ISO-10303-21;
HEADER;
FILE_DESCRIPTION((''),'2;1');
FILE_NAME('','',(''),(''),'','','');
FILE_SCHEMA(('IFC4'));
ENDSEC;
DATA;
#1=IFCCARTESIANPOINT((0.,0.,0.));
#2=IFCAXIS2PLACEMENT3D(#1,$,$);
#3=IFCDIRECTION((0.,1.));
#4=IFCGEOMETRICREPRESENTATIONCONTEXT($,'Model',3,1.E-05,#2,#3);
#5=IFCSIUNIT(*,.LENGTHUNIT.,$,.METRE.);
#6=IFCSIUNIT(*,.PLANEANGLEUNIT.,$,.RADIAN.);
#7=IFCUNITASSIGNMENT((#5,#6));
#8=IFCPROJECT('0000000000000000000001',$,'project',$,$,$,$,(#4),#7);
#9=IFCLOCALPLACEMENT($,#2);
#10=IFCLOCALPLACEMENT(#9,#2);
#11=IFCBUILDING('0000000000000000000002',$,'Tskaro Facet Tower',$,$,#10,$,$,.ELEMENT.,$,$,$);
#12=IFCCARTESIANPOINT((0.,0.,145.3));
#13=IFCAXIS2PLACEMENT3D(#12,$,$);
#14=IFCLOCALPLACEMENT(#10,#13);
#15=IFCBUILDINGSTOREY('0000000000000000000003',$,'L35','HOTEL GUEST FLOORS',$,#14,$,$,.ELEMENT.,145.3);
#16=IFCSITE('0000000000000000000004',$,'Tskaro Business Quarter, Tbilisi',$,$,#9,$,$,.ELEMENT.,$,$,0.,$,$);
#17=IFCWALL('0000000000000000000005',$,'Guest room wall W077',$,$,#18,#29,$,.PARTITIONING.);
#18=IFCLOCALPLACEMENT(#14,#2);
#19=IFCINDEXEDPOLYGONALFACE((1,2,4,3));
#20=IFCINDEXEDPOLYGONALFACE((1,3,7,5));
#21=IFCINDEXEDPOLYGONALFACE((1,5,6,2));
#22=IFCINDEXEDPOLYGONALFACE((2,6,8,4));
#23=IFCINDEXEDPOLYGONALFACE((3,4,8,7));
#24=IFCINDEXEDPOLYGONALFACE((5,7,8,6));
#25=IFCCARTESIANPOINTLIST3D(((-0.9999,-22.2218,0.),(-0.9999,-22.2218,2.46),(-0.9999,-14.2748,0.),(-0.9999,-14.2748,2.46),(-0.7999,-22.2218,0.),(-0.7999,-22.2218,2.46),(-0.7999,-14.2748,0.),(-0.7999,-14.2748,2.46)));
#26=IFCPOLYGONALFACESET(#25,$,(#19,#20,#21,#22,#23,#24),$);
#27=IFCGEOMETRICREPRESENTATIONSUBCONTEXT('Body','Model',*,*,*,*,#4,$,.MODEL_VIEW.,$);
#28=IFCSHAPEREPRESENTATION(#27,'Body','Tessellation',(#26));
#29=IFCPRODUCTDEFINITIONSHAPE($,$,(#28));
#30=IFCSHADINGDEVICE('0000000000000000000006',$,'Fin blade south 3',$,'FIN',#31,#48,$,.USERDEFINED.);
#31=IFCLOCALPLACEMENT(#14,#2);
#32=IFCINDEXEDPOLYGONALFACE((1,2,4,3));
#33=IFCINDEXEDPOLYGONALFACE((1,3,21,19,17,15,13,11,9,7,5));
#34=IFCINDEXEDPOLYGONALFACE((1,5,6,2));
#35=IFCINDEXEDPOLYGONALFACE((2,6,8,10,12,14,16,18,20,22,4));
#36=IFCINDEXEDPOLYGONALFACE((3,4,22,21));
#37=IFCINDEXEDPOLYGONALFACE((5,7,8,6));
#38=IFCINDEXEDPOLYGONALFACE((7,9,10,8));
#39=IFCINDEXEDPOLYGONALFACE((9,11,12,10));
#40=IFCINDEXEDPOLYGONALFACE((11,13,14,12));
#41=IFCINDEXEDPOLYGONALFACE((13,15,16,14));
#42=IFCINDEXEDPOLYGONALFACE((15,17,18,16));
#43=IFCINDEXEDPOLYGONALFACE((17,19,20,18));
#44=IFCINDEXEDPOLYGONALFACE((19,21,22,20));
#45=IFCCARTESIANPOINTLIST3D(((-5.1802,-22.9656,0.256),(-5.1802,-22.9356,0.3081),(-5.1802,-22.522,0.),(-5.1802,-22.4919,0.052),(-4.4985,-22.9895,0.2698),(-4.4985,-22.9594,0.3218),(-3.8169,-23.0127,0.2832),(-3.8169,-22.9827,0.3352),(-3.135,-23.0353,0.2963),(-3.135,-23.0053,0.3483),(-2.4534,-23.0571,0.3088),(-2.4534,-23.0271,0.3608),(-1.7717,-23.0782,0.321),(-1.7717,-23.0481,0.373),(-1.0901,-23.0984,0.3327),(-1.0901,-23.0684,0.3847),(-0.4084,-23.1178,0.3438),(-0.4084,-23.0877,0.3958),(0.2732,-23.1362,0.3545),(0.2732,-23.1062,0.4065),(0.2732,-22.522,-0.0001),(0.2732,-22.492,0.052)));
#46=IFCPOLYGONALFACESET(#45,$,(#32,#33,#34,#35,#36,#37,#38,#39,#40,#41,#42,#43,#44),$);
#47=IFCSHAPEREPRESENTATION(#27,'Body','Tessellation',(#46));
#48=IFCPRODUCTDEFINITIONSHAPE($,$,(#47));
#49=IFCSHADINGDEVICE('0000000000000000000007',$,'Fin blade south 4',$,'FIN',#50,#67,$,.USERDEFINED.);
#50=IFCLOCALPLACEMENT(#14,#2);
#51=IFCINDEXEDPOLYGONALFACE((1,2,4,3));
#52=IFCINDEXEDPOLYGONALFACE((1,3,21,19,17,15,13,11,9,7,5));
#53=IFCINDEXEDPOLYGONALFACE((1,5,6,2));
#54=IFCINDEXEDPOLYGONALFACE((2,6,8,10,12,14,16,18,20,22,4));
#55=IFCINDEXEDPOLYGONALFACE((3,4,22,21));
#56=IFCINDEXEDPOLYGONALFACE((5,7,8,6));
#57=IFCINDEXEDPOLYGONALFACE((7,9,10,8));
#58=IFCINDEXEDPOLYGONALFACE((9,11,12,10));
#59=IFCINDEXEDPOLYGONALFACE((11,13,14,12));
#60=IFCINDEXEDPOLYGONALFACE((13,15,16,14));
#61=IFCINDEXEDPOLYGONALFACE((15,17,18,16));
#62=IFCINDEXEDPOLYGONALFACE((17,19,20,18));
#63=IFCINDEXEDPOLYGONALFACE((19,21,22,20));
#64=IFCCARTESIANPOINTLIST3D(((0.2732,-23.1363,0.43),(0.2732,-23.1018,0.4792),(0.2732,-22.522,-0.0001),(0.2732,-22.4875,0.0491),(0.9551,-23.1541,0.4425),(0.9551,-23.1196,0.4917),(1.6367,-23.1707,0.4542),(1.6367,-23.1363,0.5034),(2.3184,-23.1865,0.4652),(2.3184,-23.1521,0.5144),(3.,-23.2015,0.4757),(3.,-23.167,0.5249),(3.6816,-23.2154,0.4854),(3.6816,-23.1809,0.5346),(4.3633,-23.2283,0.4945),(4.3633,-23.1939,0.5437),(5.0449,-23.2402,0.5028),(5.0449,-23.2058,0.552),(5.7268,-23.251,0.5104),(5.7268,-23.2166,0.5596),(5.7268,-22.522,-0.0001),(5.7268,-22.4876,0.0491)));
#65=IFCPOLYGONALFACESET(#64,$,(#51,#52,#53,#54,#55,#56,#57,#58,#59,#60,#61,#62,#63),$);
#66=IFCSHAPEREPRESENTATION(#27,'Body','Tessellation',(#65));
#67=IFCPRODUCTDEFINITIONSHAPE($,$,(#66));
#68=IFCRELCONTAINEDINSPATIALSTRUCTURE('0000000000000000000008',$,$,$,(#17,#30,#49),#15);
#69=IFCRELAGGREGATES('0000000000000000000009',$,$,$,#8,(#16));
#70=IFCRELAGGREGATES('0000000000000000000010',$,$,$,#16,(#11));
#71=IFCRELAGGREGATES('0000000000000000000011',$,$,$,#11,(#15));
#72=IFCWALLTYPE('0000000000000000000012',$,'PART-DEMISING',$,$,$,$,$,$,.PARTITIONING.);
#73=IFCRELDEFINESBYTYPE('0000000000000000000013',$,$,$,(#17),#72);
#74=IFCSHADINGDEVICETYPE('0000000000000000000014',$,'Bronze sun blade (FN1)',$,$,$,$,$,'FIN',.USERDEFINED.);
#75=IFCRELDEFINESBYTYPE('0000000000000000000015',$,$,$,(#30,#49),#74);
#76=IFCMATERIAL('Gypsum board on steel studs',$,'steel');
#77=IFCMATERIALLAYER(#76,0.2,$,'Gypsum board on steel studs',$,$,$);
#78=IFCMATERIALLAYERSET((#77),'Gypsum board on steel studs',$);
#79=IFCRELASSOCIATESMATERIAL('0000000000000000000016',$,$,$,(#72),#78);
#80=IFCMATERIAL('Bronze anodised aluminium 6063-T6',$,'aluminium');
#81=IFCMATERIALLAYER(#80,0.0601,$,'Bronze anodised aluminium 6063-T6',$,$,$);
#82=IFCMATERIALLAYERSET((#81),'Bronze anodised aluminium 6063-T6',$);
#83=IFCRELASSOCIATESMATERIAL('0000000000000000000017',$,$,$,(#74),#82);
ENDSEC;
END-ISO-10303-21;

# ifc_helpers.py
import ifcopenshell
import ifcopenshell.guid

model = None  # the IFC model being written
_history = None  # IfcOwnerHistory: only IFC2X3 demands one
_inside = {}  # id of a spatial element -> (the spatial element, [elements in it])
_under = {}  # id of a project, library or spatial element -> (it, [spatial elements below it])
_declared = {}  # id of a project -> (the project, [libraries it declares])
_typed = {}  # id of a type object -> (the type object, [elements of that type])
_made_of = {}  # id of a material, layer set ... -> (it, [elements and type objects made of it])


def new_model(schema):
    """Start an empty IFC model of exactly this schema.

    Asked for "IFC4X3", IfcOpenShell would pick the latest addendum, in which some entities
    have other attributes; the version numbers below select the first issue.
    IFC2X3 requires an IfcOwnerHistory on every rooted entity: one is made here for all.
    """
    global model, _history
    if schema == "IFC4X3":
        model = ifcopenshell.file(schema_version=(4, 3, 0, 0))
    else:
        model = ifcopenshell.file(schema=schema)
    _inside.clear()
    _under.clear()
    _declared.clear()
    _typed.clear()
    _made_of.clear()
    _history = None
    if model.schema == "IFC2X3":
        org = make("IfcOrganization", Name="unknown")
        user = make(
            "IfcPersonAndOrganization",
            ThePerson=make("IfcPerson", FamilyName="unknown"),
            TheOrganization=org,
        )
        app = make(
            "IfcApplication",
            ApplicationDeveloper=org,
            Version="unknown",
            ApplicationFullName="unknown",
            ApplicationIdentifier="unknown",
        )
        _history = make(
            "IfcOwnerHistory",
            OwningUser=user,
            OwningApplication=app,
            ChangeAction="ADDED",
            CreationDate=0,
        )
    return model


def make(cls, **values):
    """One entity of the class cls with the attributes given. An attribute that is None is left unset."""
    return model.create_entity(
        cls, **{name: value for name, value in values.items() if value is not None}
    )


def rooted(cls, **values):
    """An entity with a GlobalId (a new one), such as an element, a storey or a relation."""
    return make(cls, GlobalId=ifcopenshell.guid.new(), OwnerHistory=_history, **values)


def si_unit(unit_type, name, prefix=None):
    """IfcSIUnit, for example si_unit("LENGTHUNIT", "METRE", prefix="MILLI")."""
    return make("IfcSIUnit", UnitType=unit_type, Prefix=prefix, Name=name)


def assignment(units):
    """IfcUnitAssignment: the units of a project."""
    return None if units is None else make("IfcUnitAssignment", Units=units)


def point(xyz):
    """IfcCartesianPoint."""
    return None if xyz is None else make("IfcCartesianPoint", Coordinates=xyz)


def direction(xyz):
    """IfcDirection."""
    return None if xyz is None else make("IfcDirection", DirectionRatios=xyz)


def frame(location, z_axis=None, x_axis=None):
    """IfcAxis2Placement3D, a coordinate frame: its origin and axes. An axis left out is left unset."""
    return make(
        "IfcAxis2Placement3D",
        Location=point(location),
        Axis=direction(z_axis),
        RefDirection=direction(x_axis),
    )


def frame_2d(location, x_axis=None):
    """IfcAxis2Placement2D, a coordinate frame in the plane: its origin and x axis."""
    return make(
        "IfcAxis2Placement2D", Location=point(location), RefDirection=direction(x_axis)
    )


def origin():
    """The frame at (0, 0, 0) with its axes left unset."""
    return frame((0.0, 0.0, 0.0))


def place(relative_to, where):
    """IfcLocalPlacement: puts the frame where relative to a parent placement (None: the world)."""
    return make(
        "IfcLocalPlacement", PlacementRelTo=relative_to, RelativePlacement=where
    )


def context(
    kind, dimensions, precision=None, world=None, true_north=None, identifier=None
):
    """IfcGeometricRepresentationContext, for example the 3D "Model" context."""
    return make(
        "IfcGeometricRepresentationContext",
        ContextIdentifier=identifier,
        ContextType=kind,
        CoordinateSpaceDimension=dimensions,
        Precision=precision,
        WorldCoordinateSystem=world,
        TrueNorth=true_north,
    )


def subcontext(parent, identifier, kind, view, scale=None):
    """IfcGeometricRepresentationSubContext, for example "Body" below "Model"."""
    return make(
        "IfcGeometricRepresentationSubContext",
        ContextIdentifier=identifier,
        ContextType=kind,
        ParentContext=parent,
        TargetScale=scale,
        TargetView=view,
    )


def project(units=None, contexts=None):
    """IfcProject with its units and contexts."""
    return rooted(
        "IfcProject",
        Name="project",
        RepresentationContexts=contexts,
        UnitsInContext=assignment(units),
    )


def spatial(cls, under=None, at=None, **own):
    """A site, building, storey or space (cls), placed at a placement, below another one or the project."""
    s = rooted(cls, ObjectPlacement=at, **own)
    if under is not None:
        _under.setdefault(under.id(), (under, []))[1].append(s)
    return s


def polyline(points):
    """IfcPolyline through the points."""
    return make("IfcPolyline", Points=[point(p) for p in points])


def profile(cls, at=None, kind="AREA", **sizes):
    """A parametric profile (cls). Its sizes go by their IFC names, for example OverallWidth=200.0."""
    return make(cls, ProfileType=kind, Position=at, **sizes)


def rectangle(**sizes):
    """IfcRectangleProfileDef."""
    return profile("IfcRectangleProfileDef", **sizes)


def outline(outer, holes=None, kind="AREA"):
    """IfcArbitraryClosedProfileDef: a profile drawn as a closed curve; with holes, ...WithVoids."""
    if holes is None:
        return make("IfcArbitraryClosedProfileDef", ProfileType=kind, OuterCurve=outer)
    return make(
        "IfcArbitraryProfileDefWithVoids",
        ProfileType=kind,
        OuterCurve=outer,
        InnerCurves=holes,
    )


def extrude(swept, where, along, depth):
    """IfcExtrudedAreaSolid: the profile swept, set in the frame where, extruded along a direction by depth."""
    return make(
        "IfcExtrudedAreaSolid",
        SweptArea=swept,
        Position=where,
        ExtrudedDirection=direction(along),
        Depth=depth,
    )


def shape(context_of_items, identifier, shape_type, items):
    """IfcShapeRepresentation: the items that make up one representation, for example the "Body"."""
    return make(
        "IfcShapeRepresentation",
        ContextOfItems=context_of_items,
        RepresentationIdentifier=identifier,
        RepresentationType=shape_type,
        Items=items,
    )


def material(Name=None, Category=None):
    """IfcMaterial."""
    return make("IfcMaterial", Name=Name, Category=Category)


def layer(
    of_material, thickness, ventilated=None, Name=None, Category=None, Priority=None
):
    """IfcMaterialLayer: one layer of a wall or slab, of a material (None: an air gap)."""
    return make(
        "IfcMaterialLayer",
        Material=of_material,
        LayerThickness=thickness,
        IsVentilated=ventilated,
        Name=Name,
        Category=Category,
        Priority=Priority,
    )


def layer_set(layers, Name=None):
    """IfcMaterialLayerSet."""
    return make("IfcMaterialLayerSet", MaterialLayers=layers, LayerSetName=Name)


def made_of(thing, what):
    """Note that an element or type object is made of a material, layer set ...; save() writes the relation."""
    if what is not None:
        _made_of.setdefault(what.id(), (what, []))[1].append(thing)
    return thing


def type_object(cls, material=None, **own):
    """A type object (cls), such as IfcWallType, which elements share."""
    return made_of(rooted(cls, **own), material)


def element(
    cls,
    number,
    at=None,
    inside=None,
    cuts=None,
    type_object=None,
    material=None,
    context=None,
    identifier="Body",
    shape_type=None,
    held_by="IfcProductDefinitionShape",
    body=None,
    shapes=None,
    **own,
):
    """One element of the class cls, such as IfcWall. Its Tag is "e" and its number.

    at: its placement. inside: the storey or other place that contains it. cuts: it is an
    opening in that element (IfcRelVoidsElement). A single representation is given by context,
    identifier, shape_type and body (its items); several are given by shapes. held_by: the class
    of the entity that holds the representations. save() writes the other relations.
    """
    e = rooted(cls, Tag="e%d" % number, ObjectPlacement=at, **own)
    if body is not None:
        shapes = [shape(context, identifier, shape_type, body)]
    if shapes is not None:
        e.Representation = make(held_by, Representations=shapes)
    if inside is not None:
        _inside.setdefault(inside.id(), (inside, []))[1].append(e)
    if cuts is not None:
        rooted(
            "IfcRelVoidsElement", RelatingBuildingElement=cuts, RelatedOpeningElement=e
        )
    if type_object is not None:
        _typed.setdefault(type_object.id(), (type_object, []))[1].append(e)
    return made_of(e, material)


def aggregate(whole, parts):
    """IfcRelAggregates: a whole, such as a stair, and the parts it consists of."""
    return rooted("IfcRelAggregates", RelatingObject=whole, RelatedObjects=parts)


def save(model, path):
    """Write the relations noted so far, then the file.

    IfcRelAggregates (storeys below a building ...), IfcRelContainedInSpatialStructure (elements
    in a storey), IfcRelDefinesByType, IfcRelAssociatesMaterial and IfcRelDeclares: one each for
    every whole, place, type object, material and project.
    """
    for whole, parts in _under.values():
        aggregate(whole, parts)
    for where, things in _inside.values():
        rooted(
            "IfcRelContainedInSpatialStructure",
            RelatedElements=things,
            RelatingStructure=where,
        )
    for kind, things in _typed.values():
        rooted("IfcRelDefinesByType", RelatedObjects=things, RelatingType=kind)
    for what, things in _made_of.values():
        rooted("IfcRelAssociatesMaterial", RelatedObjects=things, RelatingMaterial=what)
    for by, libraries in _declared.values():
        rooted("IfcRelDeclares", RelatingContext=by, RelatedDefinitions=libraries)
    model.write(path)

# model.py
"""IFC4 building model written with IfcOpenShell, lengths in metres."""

from ifc_helpers import new_model, si_unit, direction, frame, frame_2d, origin, place, context, subcontext, project, spatial, polyline, rectangle, outline, extrude, material, layer, layer_set, type_object, element, save


model = new_model("IFC4")

# Units and contexts
model_context = context("Model", 3, precision=1e-05, world=origin(), true_north=direction((0.0, 1.0)))
body_context = subcontext(model_context, "Body", "Model", "MODEL_VIEW")
ifc_project = project(units=[si_unit("LENGTHUNIT", "METRE"), si_unit("PLANEANGLEUNIT", "RADIAN")], contexts=[model_context])

# Site, building, storey
site_placement = place(None, origin())
site = spatial("IfcSite", under=ifc_project, at=site_placement, Name="Tskaro Business Quarter, Tbilisi", CompositionType="ELEMENT", RefElevation=0.0)
building_placement = place(site_placement, origin())
building = spatial("IfcBuilding", under=site, at=building_placement, Name="Tskaro Facet Tower", CompositionType="ELEMENT")
storey_placement = place(building_placement, frame((0.0, 0.0, 145.3)))
storey = spatial("IfcBuildingStorey", under=building, at=storey_placement, Name="L35", Description="HOTEL GUEST FLOORS", CompositionType="ELEMENT", Elevation=145.3)

# Shared definitions
ifc_material_1 = material(Name="Bronze anodised aluminium 6063-T6", Category="aluminium")

# Shared definitions
ifc_material_2 = material(Name="Gypsum board on steel studs", Category="steel")

# Wall
ifc_layer_1 = layer(ifc_material_2, 0.2, Name="Gypsum board on steel studs")
ifc_layer_set_1 = layer_set([ifc_layer_1], Name="Gypsum board on steel studs")
wall_type_1 = type_object("IfcWallType", Name="PART-DEMISING", PredefinedType="PARTITIONING", material=ifc_layer_set_1)
for number, where, z_axis, x_axis, name in (
    (1, (-0.8999, -22.2219, 0.0), (0.0, 0.0, 1.0), (0.0, 1.0, 0.0), "Guest room wall W077"),
):
    element("IfcWall", number, at=place(storey_placement, frame(where, z_axis=z_axis, x_axis=x_axis)), inside=storey, type_object=wall_type_1, Name=name, PredefinedType="PARTITIONING", context=body_context, shape_type="SweptSolid", body=[
        extrude(rectangle(XDim=7.947, YDim=0.2, at=frame_2d((3.9736, 0.0))), origin(), (0.0, 0.0, 1.0), 2.46),
    ])

# Shading devices
ifc_layer_2 = layer(ifc_material_1, 0.0601, Name="Bronze anodised aluminium 6063-T6")
ifc_layer_set_2 = layer_set([ifc_layer_2], Name="Bronze anodised aluminium 6063-T6")
shading_device_type = type_object("IfcShadingDeviceType", Name="Bronze sun blade (FN1)", ElementType="FIN", PredefinedType="USERDEFINED", material=ifc_layer_set_2)
shading_device_1_placement = place(storey_placement, frame((-5.1802, -22.4919, 0.052), z_axis=(0.000008, 0.499881, 0.866094), x_axis=(1.0, -0.000004, -0.000007)))
element("IfcShadingDevice", 2, at=shading_device_1_placement, inside=storey, type_object=shading_device_type, Name="Fin blade south 3", ObjectType="FIN", PredefinedType="USERDEFINED", context=body_context, shape_type="SweptSolid", body=[
    extrude(outline(polyline([(0.0, 0.0), (5.4534, 0.0), (5.4534, -0.7092), (4.7717, -0.6879), (4.0901, -0.6656), (3.4084, -0.6422), (2.7268, -0.6179), (2.0452, -0.5927), (1.3633, -0.5666), (0.6816, -0.5398), (0.0, -0.5122), (0.0, 0.0)])), origin(), (0.0, 0.0, -1.0), 0.0601),
])
shading_device_2_placement = place(storey_placement, frame((0.2732, -22.4875, 0.0491), z_axis=(0.000003, 0.573626, 0.819117), x_axis=(1.0, -0.000002, -0.000002)))
element("IfcShadingDevice", 3, at=shading_device_2_placement, inside=storey, type_object=shading_device_type, Name="Fin blade south 4", ObjectType="FIN", PredefinedType="USERDEFINED", context=body_context, shape_type="SweptSolid", body=[
    extrude(outline(polyline([(0.0, 0.0), (5.4536, 0.0), (5.4536, -0.89), (4.7717, -0.8768), (4.0901, -0.8623), (3.4084, -0.8465), (2.7268, -0.8295), (2.0452, -0.8113), (1.3635, -0.792), (0.6819, -0.7717), (0.0, -0.7499), (0.0, 0.0)])), origin(), (0.0, 0.0, -1.0), 0.0601),
])

save(model, "model.ifc")
